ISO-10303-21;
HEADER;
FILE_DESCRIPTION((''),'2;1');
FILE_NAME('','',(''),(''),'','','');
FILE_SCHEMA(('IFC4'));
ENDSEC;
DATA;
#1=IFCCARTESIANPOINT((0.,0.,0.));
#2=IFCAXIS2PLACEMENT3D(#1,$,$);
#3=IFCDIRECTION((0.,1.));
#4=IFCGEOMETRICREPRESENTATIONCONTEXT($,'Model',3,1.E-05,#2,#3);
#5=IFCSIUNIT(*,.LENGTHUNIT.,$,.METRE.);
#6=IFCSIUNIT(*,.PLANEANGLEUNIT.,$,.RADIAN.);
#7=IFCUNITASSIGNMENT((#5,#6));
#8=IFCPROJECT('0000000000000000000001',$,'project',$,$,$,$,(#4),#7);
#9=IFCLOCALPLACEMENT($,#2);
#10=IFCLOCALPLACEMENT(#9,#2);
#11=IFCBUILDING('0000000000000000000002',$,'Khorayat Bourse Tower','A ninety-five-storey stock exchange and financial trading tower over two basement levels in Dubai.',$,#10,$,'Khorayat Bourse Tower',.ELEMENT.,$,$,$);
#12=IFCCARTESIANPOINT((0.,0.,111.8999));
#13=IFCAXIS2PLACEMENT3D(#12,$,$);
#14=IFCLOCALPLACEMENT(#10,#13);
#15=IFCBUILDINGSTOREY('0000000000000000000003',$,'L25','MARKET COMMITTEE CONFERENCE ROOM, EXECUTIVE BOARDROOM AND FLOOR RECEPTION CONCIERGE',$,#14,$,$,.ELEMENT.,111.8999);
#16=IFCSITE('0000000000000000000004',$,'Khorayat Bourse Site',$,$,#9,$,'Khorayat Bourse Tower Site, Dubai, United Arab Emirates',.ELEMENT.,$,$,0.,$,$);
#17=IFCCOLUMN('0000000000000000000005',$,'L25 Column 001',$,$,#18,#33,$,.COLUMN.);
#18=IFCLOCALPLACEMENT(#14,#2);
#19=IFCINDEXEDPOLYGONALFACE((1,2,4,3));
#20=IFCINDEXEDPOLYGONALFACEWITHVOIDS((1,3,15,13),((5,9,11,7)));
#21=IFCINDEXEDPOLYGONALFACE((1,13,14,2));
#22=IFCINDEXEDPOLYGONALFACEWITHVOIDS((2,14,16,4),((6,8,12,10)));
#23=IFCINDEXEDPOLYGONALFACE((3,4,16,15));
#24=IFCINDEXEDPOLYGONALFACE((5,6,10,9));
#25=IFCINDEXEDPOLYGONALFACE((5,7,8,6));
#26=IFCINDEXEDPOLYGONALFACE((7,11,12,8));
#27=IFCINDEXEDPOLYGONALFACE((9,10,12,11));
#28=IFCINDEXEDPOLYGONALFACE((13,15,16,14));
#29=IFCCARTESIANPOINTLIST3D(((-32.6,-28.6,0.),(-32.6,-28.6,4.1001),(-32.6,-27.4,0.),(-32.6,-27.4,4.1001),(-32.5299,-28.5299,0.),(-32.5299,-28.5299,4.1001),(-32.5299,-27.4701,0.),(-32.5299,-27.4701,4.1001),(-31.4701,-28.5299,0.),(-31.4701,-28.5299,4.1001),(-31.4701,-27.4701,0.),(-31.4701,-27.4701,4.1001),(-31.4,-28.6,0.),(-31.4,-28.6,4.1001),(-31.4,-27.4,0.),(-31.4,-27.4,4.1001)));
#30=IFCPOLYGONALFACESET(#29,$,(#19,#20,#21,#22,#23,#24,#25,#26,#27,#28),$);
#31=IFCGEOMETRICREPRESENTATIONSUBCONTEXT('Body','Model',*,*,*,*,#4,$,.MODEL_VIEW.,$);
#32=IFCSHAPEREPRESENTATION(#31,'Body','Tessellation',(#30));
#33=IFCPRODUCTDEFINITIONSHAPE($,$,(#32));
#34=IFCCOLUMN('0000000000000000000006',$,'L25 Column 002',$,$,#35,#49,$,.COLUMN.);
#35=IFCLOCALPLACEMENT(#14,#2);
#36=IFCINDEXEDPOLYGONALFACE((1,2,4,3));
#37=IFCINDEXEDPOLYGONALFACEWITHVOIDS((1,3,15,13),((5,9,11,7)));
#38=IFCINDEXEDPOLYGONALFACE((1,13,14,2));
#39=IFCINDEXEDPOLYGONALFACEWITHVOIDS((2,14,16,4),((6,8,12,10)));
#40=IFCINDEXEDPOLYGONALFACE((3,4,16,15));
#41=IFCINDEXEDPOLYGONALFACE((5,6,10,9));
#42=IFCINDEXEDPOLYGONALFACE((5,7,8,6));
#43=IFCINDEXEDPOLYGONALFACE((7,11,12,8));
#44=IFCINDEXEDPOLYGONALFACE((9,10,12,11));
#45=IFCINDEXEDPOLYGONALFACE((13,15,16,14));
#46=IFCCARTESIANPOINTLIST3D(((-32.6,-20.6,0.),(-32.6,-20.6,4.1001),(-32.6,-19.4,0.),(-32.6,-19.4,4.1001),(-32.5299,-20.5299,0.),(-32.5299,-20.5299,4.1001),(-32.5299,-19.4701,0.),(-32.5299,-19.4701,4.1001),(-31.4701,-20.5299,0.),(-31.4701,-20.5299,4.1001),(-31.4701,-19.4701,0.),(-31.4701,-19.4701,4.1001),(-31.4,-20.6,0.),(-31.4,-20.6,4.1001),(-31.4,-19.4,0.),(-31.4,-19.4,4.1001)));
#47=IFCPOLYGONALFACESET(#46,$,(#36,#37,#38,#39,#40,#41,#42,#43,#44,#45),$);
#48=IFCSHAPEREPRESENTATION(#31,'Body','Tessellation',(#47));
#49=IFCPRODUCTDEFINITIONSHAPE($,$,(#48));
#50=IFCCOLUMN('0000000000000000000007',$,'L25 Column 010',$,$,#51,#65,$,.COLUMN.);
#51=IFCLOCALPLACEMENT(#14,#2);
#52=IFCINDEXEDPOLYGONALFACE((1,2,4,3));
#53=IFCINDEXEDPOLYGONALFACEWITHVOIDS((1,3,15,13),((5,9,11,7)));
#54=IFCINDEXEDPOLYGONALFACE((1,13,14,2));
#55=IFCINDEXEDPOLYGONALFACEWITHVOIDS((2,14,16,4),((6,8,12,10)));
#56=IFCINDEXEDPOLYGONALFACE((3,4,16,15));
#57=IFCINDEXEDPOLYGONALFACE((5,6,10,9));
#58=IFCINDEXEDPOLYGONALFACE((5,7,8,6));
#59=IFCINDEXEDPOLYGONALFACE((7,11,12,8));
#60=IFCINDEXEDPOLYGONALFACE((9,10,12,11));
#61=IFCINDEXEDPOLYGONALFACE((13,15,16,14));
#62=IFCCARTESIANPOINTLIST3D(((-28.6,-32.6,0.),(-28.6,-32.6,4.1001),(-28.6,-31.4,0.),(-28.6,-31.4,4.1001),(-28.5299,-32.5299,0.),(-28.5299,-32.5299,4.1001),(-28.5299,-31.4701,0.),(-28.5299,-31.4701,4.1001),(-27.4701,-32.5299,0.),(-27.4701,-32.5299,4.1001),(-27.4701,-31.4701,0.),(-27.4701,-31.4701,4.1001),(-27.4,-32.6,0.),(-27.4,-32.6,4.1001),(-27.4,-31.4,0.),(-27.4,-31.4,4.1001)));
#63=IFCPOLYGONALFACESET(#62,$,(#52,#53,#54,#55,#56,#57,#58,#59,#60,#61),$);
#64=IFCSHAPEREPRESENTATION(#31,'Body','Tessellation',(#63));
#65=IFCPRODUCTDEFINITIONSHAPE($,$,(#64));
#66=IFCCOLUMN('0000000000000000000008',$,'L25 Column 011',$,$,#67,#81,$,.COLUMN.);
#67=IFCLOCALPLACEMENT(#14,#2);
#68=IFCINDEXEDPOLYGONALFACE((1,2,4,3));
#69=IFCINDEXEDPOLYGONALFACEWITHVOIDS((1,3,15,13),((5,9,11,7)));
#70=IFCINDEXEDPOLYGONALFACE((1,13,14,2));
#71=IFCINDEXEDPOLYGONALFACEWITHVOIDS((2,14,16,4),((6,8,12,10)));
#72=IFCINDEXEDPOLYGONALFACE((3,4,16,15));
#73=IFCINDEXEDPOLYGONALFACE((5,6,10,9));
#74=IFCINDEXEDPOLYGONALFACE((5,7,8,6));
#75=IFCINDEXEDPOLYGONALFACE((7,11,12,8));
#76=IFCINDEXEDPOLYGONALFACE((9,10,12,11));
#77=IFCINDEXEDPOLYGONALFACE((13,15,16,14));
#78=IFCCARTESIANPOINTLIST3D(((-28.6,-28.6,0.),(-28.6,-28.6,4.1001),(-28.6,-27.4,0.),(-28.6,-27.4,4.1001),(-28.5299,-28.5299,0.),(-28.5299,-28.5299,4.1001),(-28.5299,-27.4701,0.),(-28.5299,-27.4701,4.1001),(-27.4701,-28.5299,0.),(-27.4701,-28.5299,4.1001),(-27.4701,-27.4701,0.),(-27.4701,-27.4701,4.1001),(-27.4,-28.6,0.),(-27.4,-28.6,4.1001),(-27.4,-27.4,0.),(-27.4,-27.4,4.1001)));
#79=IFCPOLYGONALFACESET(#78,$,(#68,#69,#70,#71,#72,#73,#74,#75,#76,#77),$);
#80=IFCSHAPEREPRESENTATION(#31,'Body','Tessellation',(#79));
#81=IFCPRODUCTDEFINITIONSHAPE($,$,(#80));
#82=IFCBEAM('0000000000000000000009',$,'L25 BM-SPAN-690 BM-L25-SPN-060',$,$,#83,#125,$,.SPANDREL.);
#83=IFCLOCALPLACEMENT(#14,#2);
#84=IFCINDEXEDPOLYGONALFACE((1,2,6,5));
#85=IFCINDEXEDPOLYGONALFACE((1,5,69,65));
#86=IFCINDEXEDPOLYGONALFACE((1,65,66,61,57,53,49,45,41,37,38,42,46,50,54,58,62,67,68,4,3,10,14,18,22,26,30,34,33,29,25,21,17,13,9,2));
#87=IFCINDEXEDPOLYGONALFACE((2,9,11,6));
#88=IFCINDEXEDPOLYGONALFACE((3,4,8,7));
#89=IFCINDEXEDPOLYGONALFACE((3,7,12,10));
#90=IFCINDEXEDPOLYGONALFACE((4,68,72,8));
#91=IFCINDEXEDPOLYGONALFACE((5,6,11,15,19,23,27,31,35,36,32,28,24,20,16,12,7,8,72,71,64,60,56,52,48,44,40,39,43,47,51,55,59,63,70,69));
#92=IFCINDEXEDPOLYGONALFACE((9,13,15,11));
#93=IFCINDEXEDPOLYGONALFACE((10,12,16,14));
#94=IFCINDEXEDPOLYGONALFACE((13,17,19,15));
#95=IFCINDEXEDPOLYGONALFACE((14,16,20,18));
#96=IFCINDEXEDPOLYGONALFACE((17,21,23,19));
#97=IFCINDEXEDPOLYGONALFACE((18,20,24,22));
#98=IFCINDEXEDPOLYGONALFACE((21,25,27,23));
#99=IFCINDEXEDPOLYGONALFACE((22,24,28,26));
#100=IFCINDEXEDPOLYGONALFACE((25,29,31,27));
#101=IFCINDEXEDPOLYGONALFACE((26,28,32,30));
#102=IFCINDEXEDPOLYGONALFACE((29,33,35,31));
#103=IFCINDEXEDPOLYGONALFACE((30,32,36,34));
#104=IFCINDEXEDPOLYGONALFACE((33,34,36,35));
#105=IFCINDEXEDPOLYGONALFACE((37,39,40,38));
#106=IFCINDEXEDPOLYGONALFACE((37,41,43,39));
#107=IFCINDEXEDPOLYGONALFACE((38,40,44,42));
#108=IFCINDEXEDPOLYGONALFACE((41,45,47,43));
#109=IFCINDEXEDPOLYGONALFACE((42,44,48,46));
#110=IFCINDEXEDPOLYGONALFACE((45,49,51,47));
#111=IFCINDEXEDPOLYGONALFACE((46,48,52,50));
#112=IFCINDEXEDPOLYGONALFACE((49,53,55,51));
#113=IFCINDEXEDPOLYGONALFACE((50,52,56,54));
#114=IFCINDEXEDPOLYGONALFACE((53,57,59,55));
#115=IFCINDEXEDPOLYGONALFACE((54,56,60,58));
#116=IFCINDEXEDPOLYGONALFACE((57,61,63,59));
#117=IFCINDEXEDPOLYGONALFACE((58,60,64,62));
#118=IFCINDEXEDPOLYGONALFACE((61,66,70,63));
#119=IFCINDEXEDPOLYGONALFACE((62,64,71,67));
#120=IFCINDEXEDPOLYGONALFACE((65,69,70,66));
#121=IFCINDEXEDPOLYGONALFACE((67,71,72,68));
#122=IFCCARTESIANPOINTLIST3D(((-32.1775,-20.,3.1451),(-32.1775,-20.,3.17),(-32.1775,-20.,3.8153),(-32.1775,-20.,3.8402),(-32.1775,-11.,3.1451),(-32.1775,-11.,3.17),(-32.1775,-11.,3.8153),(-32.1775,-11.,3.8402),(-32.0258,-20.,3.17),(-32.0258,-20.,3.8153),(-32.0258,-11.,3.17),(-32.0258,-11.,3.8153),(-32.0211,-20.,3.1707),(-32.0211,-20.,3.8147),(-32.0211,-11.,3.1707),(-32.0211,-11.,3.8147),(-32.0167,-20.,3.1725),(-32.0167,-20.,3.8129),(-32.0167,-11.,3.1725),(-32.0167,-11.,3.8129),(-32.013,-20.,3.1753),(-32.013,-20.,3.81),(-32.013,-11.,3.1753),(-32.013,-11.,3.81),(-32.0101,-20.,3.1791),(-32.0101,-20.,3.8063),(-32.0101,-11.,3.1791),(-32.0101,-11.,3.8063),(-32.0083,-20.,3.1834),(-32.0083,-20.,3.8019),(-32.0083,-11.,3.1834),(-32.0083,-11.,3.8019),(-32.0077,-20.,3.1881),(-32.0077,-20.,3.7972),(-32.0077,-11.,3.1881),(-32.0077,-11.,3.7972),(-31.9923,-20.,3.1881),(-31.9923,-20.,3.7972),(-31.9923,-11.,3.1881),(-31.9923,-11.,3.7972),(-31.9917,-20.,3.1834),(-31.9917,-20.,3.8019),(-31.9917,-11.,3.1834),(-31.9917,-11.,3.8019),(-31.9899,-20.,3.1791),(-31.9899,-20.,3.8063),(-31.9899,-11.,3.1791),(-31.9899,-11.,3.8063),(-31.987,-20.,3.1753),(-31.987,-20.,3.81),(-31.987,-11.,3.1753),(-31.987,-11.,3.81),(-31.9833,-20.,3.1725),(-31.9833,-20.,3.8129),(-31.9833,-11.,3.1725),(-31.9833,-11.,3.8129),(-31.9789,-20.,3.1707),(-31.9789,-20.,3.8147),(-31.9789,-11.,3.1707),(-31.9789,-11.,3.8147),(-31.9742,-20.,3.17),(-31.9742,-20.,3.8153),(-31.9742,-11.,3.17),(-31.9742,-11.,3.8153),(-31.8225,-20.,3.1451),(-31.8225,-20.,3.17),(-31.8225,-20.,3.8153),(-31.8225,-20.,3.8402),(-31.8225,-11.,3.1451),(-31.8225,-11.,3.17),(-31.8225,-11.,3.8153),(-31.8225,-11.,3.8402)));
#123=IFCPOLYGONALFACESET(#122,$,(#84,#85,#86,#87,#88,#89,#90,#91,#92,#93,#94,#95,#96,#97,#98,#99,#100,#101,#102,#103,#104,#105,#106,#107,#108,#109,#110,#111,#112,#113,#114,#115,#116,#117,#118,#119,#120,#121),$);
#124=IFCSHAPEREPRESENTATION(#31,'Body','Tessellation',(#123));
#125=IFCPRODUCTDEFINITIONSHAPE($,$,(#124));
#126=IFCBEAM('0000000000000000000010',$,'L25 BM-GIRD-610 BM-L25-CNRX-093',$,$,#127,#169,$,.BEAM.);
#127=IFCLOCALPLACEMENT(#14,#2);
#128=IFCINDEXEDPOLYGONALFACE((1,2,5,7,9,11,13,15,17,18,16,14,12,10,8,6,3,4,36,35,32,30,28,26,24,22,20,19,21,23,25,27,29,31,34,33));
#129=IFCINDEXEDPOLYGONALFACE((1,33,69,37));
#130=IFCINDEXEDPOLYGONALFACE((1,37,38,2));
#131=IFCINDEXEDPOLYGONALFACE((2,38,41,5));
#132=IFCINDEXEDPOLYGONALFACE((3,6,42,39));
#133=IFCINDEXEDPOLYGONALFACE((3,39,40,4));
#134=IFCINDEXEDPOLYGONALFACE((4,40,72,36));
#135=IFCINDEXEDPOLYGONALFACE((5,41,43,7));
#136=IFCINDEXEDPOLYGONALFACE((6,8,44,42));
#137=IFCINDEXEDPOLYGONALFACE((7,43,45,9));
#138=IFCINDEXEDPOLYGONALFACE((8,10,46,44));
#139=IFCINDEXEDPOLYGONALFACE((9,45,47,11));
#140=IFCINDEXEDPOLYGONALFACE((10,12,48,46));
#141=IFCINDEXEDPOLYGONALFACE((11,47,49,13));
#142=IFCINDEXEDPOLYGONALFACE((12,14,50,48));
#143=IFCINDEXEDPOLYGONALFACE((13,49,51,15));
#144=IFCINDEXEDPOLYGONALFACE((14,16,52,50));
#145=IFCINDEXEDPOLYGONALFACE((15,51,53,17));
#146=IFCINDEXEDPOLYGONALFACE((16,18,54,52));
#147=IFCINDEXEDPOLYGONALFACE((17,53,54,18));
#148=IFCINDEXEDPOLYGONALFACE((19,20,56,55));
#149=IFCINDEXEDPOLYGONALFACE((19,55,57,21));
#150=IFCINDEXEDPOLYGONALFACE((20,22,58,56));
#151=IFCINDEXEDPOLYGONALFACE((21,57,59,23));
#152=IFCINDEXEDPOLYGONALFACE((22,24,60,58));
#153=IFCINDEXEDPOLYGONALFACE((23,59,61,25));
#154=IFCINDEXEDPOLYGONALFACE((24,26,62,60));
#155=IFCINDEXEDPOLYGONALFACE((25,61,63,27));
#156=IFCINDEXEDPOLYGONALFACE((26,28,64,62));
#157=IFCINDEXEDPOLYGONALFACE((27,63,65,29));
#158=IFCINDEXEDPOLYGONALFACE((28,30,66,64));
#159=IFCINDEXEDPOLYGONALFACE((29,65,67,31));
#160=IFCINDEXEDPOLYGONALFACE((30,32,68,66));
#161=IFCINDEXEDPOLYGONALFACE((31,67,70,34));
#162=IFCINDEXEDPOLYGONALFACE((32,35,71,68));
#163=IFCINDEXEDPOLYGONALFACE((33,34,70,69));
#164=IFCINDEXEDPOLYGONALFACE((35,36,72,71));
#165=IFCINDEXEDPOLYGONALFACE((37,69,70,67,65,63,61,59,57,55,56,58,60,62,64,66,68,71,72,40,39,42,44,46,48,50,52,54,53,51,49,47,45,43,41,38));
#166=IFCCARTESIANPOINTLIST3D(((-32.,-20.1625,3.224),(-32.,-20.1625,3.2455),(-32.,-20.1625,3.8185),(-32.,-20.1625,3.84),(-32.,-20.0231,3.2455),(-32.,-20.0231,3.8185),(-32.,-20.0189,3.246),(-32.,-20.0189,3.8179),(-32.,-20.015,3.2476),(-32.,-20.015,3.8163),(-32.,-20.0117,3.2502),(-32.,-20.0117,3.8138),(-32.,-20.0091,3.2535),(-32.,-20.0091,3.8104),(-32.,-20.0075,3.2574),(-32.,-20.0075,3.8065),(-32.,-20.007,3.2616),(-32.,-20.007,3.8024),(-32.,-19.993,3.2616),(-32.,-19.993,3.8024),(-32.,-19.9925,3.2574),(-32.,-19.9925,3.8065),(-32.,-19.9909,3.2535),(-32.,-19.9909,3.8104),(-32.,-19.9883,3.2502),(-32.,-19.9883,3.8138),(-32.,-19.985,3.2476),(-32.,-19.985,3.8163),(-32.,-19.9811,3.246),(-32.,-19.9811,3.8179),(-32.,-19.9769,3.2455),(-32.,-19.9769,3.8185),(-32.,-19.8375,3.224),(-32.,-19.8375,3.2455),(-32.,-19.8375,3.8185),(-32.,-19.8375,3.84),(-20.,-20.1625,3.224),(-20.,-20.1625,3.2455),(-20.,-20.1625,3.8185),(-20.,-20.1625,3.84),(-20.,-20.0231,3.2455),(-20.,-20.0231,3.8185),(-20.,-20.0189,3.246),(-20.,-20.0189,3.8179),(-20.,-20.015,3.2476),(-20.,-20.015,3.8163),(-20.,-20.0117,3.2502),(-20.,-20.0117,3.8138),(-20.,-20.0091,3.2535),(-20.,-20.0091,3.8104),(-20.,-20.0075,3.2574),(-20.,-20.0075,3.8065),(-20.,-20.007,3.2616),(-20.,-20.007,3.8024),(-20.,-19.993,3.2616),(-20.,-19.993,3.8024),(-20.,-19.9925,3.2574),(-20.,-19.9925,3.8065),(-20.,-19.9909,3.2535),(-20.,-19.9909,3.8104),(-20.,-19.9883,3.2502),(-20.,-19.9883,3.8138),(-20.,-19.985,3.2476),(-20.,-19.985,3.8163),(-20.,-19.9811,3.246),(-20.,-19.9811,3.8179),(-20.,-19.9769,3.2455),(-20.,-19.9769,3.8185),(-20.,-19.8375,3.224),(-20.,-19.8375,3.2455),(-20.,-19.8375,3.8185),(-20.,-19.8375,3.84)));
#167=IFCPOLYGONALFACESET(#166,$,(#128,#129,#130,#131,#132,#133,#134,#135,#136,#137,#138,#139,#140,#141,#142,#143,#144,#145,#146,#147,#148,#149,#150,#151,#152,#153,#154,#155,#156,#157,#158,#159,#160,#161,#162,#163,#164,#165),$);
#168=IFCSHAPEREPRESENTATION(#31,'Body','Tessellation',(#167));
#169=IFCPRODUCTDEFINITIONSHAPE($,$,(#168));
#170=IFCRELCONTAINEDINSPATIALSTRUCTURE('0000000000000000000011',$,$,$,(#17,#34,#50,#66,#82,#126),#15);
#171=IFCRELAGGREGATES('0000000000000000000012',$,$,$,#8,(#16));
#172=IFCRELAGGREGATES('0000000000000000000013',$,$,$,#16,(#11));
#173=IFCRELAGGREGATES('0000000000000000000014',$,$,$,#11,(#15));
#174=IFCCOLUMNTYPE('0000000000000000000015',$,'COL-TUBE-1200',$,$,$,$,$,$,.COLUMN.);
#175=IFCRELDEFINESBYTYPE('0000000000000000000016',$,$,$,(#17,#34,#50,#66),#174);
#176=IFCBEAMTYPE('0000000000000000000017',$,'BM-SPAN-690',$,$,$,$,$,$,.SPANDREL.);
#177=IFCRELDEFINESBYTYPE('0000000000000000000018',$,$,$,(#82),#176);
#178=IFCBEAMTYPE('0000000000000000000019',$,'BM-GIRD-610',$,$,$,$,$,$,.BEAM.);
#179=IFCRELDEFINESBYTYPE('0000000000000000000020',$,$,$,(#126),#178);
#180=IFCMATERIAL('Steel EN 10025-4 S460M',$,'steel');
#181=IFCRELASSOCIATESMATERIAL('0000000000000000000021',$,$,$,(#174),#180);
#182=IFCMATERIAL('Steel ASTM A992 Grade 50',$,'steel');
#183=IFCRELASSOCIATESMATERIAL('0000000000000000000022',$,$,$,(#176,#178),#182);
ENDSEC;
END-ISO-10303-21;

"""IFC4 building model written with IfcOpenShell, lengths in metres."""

from ifc_helpers import new_model, si_unit, direction, frame, origin, origin_2d, place, context, subcontext, project, spatial, hollow_rectangle, i_section, extrude, source, transform, mapped, material, material_profile, profile_set, type_object, element, save


model = new_model("IFC4")

# Units and contexts
model_context = context("Model", 3, precision=1e-05, world=origin(), true_north=direction((0.0, 1.0)))
body_context = subcontext(model_context, "Body", "Model", "MODEL_VIEW")
ifc_project = project(units=[si_unit("LENGTHUNIT", "METRE"), si_unit("PLANEANGLEUNIT", "RADIAN")], contexts=[model_context])

# Site, building, storey
site_placement = place(None, origin())
site = spatial("IfcSite", under=ifc_project, at=site_placement, Name="Khorayat Bourse Site", LongName="Khorayat Bourse Tower Site, Dubai, United Arab Emirates", CompositionType="ELEMENT", RefElevation=0.0)
building_placement = place(site_placement, origin())
building = spatial("IfcBuilding", under=site, at=building_placement, Name="Khorayat Bourse Tower", Description="A ninety-five-storey stock exchange and financial trading tower over two basement levels in Dubai.", LongName="Khorayat Bourse Tower", CompositionType="ELEMENT")
storey_placement = place(building_placement, frame((0.0, 0.0, 111.8999)))
storey = spatial("IfcBuildingStorey", under=building, at=storey_placement, Name="L25", Description="MARKET COMMITTEE CONFERENCE ROOM, EXECUTIVE BOARDROOM AND FLOOR RECEPTION CONCIERGE", CompositionType="ELEMENT", Elevation=111.8999)

# Columns
ifc_material_1 = material(Name="Steel EN 10025-4 S460M", Category="steel")
ifc_material_profile_1 = material_profile(ifc_material_1, hollow_rectangle(XDim=1.2, YDim=1.2, WallThickness=0.0701, at=origin_2d()), Name="BOX 1200x1200x70")
ifc_profile_set_1 = profile_set([ifc_material_profile_1], Name="Steel EN 10025-4 S460M")
column_type = type_object("IfcColumnType", Name="COL-TUBE-1200", PredefinedType="COLUMN", material=ifc_profile_set_1)
shared_shape_1 = source(origin(), body_context, "Body", "SweptSolid", [
    extrude(hollow_rectangle(XDim=1.2, YDim=1.2, WallThickness=0.0701, at=origin_2d()), origin(), (0.0, 0.0, 1.0), 4.1001),
])
for number, where, z_axis, x_axis, name in (
    (1, (-32.0, -28.0, 0.0), (0.0, 0.0, 1.0), (1.0, 0.0, 0.0), "L25 Column 001"),
    (2, (-32.0, -20.0, 0.0), (0.0, 0.0, 1.0), (1.0, 0.0, 0.0), "L25 Column 002"),
    (3, (-28.0, -32.0, 0.0), (0.0, 0.0, 1.0), (1.0, 0.0, 0.0), "L25 Column 010"),
    (4, (-28.0, -28.0, 0.0), (0.0, 0.0, 1.0), (1.0, 0.0, 0.0), "L25 Column 011"),
):
    element("IfcColumn", number, at=place(storey_placement, frame(where, z_axis=z_axis, x_axis=x_axis)), inside=storey, type_object=column_type, Name=name, PredefinedType="COLUMN", context=body_context, shape_type="MappedRepresentation", body=[
        mapped(shared_shape_1, transform((0.0, 0.0, 0.0), scale=1.0)),
    ])

# Beams
ifc_material_2 = material(Name="Steel ASTM A992 Grade 50", Category="steel")
ifc_material_profile_2 = material_profile(ifc_material_2, i_section(OverallWidth=0.355, OverallDepth=0.6951, WebThickness=0.0154, FlangeThickness=0.0249, FilletRadius=0.0181, at=origin_2d()), Name="W690X217")
ifc_profile_set_2 = profile_set([ifc_material_profile_2], Name="Steel ASTM A992 Grade 50")
beam_type_1 = type_object("IfcBeamType", Name="BM-SPAN-690", PredefinedType="SPANDREL", material=ifc_profile_set_2)
shared_shape_2 = source(origin(), body_context, "Body", "SweptSolid", [
    extrude(i_section(OverallWidth=0.355, OverallDepth=0.6951, WebThickness=0.0154, FlangeThickness=0.0249, FilletRadius=0.0181, at=origin_2d()), origin(), (0.0, 0.0, 1.0), 9.0),
])
beam_1_placement = place(storey_placement, frame((-32.0, -20.0, 3.4927), z_axis=(0.0, 1.0, 0.0), x_axis=(-1.0, 0.0, 0.0)))
element("IfcBeam", 5, at=beam_1_placement, inside=storey, type_object=beam_type_1, Name="L25 BM-SPAN-690 BM-L25-SPN-060", PredefinedType="SPANDREL", context=body_context, shape_type="MappedRepresentation", body=[
    mapped(shared_shape_2, transform((0.0, 0.0, 0.0), scale=1.0)),
])
ifc_material_profile_3 = material_profile(ifc_material_2, i_section(OverallWidth=0.325, OverallDepth=0.616, WebThickness=0.0139, FlangeThickness=0.0215, FilletRadius=0.0161, at=origin_2d()), Name="W610X174")
ifc_profile_set_3 = profile_set([ifc_material_profile_3], Name="Steel ASTM A992 Grade 50")
beam_type_2 = type_object("IfcBeamType", Name="BM-GIRD-610", PredefinedType="BEAM", material=ifc_profile_set_3)
shared_shape_3 = source(origin(), body_context, "Body", "SweptSolid", [
    extrude(i_section(OverallWidth=0.325, OverallDepth=0.616, WebThickness=0.0139, FlangeThickness=0.0215, FilletRadius=0.0161, at=origin_2d()), origin(), (0.0, 0.0, 1.0), 12.0),
])
beam_2_placement = place(storey_placement, frame((-32.0, -20.0, 3.532), z_axis=(1.0, 0.0, 0.0), x_axis=(0.0, 1.0, 0.0)))
element("IfcBeam", 6, at=beam_2_placement, inside=storey, type_object=beam_type_2, Name="L25 BM-GIRD-610 BM-L25-CNRX-093", PredefinedType="BEAM", context=body_context, shape_type="MappedRepresentation", body=[
    mapped(shared_shape_3, transform((0.0, 0.0, 0.0), scale=1.0)),
])

save(model, "model.ifc")
